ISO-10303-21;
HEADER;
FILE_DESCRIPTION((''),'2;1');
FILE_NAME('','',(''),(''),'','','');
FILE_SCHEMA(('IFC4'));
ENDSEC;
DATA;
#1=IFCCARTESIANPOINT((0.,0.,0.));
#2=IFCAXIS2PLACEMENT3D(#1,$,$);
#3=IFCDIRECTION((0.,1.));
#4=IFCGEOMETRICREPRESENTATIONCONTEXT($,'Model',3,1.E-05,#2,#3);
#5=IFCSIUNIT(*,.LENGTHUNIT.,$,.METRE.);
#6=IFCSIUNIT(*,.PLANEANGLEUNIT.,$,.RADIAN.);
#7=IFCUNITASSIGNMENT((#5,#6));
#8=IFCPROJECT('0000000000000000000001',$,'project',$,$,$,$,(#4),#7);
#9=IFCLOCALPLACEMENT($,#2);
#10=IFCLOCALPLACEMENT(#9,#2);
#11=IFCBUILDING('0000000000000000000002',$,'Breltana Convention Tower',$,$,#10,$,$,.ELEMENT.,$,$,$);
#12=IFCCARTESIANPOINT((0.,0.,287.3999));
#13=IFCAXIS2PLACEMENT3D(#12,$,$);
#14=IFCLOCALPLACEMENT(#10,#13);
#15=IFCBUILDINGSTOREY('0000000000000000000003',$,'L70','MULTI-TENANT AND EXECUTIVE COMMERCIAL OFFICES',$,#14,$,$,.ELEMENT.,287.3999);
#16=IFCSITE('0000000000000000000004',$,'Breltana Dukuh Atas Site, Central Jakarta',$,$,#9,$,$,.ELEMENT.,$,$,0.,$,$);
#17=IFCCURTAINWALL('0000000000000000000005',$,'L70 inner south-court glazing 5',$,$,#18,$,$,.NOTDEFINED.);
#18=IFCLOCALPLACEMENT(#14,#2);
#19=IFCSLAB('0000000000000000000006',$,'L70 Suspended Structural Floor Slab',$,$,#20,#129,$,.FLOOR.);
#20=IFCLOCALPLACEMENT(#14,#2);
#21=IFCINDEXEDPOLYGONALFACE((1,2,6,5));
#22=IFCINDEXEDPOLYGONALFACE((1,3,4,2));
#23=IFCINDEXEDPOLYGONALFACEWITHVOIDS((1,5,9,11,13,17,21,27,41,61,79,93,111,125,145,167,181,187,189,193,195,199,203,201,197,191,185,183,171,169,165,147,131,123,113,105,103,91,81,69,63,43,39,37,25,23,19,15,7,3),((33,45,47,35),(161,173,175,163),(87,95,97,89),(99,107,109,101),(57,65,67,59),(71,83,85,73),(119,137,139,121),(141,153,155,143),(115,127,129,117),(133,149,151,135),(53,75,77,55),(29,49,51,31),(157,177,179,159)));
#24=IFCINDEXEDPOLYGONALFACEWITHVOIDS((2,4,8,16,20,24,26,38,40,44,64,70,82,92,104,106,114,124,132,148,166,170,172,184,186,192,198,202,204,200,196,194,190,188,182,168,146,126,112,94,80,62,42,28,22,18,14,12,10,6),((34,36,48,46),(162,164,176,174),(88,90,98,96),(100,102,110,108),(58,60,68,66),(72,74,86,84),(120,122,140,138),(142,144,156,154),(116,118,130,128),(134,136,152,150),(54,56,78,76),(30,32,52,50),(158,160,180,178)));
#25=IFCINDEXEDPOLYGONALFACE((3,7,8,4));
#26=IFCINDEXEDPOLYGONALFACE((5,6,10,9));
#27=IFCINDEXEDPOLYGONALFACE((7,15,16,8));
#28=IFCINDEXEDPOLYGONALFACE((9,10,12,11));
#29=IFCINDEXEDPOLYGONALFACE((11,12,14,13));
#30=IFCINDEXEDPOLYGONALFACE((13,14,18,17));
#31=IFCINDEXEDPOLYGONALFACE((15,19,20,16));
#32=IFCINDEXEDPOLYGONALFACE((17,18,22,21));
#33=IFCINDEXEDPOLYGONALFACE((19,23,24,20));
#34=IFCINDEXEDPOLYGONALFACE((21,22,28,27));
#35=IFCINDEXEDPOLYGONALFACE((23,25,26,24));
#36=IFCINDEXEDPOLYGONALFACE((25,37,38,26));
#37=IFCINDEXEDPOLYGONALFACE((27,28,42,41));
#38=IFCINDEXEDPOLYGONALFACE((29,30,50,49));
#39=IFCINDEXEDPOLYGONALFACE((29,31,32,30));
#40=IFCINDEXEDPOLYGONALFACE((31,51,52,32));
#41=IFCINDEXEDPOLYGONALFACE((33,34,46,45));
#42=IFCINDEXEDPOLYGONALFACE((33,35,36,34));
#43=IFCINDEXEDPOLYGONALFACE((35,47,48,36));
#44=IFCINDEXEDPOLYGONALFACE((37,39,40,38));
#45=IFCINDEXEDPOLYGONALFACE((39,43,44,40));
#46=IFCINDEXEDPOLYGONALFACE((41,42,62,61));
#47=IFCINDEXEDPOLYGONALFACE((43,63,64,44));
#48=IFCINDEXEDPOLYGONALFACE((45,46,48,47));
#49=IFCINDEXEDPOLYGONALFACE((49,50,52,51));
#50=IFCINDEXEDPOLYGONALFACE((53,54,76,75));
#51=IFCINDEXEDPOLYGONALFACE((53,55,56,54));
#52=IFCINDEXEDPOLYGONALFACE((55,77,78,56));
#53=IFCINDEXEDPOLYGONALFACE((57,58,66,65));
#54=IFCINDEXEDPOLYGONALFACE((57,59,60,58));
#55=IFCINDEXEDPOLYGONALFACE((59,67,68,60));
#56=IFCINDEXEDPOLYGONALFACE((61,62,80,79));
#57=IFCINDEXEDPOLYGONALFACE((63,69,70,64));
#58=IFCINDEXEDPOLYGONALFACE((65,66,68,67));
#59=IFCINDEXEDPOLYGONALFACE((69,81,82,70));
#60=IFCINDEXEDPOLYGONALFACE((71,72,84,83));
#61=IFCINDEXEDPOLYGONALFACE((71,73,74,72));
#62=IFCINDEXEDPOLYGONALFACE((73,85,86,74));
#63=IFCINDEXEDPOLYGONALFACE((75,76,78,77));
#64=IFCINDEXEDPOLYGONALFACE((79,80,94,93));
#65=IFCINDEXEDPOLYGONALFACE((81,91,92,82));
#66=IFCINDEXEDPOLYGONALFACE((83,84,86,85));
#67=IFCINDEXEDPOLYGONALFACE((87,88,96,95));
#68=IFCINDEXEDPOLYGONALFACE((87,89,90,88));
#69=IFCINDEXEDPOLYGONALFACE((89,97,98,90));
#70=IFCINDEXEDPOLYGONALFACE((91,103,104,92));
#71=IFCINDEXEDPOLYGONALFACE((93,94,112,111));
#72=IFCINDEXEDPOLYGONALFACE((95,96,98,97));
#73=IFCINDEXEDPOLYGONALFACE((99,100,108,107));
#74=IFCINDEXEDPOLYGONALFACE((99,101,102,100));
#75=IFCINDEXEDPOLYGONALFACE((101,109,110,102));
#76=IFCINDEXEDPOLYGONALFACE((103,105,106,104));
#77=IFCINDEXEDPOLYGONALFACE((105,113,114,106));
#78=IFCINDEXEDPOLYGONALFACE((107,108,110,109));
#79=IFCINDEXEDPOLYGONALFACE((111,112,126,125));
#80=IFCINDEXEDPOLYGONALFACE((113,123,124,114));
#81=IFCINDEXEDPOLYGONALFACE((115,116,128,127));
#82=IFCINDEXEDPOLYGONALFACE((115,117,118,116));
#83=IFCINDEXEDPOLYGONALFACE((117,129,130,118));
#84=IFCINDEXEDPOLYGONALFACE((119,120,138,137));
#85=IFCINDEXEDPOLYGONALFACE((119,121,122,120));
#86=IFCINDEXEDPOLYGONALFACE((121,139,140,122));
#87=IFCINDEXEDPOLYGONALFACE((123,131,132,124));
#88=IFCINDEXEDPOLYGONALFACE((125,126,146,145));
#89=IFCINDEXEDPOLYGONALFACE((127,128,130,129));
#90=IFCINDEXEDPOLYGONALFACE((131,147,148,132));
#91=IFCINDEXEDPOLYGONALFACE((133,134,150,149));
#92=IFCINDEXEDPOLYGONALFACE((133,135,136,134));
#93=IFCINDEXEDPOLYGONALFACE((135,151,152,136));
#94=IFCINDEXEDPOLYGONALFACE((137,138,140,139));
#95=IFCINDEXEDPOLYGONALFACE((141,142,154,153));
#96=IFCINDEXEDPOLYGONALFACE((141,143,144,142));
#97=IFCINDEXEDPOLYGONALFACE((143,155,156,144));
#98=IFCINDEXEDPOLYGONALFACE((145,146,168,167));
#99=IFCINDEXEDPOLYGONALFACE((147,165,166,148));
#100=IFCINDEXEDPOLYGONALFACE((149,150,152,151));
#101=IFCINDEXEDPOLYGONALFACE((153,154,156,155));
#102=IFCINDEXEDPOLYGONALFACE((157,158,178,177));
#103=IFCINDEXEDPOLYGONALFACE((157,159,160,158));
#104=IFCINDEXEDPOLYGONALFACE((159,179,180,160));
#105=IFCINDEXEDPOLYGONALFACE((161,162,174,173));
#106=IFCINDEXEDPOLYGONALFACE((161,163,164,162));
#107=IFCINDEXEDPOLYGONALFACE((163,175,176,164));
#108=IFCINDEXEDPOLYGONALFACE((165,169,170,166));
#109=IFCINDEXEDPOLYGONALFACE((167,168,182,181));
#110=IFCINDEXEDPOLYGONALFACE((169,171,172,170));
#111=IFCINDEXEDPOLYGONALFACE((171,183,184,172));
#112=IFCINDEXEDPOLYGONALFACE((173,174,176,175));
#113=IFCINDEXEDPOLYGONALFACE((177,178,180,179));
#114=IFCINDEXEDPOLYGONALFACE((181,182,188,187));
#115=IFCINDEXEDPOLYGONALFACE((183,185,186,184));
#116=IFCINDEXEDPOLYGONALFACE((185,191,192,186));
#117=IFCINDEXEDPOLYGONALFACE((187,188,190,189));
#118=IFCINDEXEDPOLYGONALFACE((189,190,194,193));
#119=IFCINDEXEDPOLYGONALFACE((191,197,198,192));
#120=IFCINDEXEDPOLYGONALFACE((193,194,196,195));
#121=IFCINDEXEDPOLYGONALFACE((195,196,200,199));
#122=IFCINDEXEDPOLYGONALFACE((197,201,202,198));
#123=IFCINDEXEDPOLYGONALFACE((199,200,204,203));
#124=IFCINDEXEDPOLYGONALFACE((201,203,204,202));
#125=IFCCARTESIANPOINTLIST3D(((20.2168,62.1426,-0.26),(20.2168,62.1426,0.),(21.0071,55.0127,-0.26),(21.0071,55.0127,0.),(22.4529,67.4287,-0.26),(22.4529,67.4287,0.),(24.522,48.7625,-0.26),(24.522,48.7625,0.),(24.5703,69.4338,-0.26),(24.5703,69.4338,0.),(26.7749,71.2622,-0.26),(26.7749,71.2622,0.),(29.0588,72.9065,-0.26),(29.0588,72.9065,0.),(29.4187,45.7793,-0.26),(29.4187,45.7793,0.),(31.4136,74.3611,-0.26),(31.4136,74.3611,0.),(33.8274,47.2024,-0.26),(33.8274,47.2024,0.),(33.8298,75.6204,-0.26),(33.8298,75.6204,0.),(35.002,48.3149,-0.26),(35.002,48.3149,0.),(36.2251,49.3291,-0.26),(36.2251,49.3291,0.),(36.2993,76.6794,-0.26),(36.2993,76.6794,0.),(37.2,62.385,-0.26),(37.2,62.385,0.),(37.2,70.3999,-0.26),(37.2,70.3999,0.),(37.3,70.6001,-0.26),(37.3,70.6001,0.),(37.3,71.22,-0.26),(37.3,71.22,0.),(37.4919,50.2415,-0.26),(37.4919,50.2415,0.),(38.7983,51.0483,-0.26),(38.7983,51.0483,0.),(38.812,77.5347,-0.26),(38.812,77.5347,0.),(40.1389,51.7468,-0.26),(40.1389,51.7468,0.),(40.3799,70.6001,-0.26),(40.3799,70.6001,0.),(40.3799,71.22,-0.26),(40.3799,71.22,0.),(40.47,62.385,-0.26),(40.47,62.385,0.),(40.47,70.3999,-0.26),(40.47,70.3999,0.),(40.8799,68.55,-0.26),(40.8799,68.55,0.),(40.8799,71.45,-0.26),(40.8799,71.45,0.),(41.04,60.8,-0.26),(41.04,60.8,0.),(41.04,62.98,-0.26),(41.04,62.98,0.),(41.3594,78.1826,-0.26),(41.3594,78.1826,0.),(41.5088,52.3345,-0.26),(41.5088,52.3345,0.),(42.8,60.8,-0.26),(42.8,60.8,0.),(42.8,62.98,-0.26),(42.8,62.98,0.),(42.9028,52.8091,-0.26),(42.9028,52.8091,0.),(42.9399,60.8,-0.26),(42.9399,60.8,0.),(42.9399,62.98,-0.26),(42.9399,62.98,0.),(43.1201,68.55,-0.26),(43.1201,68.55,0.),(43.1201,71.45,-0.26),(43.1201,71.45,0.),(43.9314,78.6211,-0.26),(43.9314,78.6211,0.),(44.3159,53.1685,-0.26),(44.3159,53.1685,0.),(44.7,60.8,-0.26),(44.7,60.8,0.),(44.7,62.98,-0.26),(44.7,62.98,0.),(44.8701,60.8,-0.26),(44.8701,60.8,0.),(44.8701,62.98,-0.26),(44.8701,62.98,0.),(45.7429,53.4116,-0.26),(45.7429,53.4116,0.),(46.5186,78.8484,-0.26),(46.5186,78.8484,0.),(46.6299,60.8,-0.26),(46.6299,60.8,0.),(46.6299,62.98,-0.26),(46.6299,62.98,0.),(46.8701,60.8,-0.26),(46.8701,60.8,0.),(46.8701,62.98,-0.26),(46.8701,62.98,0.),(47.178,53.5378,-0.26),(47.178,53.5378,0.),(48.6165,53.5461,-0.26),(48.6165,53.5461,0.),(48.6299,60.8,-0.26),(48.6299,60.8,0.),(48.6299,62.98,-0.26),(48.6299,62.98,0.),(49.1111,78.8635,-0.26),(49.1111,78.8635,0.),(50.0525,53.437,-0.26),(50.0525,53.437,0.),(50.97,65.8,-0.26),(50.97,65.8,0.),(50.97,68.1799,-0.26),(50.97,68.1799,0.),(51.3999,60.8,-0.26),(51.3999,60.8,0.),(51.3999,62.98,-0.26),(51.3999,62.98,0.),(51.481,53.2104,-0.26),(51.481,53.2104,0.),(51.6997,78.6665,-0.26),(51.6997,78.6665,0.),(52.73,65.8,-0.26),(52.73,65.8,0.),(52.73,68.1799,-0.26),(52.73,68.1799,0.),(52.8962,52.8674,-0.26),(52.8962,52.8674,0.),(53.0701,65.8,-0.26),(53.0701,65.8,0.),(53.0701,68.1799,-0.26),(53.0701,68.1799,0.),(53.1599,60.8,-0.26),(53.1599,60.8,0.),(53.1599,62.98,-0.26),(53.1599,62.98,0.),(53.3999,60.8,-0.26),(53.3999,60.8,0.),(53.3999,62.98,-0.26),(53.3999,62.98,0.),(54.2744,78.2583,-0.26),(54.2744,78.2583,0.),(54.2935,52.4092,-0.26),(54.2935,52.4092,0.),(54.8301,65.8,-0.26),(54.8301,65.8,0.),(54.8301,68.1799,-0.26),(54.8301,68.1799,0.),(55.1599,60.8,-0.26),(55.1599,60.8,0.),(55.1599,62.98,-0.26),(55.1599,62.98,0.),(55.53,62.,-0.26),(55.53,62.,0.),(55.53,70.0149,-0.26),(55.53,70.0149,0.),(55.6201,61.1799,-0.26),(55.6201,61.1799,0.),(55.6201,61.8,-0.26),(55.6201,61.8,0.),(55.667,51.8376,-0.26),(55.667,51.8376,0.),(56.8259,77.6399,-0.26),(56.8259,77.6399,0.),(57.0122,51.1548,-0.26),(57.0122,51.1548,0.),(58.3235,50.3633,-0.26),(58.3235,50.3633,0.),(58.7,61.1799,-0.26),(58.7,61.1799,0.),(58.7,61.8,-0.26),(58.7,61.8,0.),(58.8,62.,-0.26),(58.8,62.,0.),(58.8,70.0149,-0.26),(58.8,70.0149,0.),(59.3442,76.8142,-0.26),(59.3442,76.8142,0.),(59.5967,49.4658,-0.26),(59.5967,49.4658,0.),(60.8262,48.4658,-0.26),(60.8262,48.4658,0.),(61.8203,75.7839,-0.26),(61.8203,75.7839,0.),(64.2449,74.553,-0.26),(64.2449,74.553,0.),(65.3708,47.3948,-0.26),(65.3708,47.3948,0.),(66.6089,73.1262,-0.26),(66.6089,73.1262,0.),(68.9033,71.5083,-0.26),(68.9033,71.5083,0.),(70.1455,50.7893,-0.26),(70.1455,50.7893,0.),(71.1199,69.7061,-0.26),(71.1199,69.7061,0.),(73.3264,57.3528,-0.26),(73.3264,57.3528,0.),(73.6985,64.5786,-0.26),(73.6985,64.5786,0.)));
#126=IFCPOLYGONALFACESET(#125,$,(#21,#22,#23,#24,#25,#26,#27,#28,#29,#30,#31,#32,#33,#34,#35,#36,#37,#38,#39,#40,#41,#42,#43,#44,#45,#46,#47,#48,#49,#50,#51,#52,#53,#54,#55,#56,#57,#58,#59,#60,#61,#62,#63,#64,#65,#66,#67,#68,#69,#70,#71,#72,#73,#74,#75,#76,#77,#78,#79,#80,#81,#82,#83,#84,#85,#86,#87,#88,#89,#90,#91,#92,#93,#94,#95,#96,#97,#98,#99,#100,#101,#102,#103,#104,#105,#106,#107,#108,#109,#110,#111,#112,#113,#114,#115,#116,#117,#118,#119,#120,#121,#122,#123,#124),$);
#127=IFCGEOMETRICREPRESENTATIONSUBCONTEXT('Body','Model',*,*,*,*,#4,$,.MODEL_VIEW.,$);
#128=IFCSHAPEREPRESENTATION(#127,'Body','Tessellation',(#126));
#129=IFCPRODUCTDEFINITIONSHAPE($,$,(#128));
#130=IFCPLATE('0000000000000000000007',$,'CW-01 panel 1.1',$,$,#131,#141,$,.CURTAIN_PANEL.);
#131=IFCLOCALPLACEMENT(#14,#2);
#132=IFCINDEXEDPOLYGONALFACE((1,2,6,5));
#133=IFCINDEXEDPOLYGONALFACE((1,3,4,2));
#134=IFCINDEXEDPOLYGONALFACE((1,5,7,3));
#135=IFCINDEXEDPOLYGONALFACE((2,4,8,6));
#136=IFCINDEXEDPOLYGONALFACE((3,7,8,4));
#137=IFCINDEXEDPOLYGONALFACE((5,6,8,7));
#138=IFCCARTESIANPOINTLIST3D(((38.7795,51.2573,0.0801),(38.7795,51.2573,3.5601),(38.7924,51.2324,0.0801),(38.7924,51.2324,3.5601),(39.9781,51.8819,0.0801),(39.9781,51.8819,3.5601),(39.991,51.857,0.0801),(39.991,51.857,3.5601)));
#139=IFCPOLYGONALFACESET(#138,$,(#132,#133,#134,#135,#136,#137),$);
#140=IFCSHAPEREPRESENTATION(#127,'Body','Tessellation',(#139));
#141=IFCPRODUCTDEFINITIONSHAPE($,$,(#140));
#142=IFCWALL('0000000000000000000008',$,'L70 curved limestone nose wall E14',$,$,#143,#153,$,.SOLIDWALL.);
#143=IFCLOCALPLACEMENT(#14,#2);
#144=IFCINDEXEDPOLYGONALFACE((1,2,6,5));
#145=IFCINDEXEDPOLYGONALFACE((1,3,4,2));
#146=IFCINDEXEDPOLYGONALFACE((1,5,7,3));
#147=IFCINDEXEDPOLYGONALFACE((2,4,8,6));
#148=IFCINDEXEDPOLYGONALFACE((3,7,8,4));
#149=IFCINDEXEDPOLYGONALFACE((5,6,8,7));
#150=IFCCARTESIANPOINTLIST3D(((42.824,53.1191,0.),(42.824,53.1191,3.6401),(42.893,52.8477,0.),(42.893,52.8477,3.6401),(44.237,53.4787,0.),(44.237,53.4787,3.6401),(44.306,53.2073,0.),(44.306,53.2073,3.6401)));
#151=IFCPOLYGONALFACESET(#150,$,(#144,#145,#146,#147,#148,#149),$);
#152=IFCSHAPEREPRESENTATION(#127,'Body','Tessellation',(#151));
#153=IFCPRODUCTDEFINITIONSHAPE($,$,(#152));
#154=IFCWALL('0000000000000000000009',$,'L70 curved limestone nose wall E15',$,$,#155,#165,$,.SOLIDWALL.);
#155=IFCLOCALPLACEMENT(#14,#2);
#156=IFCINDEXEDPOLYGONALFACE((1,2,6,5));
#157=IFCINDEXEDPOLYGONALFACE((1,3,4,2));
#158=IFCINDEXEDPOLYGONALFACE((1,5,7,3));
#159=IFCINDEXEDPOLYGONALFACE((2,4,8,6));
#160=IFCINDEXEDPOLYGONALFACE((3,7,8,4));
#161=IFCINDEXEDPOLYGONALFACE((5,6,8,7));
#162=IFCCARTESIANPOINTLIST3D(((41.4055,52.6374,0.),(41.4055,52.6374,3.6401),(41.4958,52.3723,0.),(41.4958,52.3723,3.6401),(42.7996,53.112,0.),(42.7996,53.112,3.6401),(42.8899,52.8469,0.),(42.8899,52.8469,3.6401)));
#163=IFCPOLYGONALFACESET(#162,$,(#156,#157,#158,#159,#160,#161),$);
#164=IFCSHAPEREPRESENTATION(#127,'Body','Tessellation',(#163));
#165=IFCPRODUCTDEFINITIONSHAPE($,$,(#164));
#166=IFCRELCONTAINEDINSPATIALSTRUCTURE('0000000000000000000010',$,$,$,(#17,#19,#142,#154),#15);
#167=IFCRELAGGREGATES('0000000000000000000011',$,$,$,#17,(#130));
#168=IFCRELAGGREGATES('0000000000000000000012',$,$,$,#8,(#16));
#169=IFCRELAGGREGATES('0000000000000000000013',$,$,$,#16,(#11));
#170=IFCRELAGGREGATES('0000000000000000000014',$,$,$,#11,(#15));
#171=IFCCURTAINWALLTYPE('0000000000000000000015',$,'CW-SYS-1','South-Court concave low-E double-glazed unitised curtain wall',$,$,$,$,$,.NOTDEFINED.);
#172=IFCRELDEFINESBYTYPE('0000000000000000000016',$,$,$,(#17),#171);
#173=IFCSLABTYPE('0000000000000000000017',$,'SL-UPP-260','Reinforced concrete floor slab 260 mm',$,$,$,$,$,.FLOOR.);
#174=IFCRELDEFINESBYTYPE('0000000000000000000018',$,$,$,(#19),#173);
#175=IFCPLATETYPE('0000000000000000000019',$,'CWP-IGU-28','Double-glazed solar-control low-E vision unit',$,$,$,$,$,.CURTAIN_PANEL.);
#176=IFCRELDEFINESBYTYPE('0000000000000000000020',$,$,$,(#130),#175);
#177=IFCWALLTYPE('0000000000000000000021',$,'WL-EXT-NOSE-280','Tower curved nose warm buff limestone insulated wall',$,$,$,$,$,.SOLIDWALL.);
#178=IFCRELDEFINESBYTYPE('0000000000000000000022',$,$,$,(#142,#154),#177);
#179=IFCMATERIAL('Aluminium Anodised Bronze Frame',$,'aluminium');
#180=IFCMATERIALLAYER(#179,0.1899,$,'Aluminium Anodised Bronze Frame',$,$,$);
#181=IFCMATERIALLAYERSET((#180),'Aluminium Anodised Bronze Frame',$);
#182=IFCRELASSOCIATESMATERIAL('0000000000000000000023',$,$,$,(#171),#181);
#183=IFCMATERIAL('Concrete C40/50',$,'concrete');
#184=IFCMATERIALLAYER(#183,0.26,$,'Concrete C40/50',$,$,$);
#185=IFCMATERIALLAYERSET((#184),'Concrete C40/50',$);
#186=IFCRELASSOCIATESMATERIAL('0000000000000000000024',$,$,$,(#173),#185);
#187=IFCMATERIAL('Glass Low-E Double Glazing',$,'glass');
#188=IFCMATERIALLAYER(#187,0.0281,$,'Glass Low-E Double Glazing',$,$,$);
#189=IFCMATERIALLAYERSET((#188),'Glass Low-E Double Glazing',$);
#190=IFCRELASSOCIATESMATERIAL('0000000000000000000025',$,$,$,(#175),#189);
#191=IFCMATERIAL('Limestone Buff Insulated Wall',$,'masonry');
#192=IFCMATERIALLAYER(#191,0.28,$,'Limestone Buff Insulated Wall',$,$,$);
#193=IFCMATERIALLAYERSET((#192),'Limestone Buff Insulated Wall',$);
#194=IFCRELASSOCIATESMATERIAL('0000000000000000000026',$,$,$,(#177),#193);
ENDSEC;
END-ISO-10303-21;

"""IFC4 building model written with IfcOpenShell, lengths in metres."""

from ifc_helpers import new_model, si_unit, direction, frame, frame_2d, origin, origin_2d, place, context, subcontext, project, spatial, polyline, rectangle, outline, extrude, source, transform, mapped, material, layer, layer_set, type_object, element, aggregate, save


model = new_model("IFC4")

# Units and contexts
model_context = context("Model", 3, precision=1e-05, world=origin(), true_north=direction((0.0, 1.0)))
body_context = subcontext(model_context, "Body", "Model", "MODEL_VIEW")
ifc_project = project(units=[si_unit("LENGTHUNIT", "METRE"), si_unit("PLANEANGLEUNIT", "RADIAN")], contexts=[model_context])

# Site, building, storey
site_placement = place(None, origin())
site = spatial("IfcSite", under=ifc_project, at=site_placement, Name="Breltana Dukuh Atas Site, Central Jakarta", CompositionType="ELEMENT", RefElevation=0.0)
building_placement = place(site_placement, origin())
building = spatial("IfcBuilding", under=site, at=building_placement, Name="Breltana Convention Tower", CompositionType="ELEMENT")
storey_placement = place(building_placement, frame((0.0, 0.0, 287.3999)))
storey = spatial("IfcBuildingStorey", under=building, at=storey_placement, Name="L70", Description="MULTI-TENANT AND EXECUTIVE COMMERCIAL OFFICES", CompositionType="ELEMENT", Elevation=287.3999)

# Curtain wall
ifc_material_1 = material(Name="Aluminium Anodised Bronze Frame", Category="aluminium")
ifc_layer_1 = layer(ifc_material_1, 0.1899, Name="Aluminium Anodised Bronze Frame")
ifc_layer_set_1 = layer_set([ifc_layer_1], Name="Aluminium Anodised Bronze Frame")
curtain_wall_type = type_object("IfcCurtainWallType", Name="CW-SYS-1", Description="South-Court concave low-E double-glazed unitised curtain wall", PredefinedType="NOTDEFINED", material=ifc_layer_set_1)
curtain_wall_placement = place(storey_placement, origin())
curtain_wall = element("IfcCurtainWall", 1, at=curtain_wall_placement, inside=storey, type_object=curtain_wall_type, Name="L70 inner south-court glazing 5", PredefinedType="NOTDEFINED")

# Shared definitions
ifc_material_2 = material(Name="Concrete C40/50", Category="concrete")

# Slab
ifc_layer_2 = layer(ifc_material_2, 0.26, Name="Concrete C40/50")
ifc_layer_set_2 = layer_set([ifc_layer_2], Name="Concrete C40/50")
slab_type_1 = type_object("IfcSlabType", Name="SL-UPP-260", Description="Reinforced concrete floor slab 260 mm", PredefinedType="FLOOR", material=ifc_layer_set_2)
slab_1_placement = place(storey_placement, frame((0.0, 0.0, -0.26)))
element("IfcSlab", 2, at=slab_1_placement, inside=storey, type_object=slab_type_1, Name="L70 Suspended Structural Floor Slab", PredefinedType="FLOOR", context=body_context, shape_type="SweptSolid", body=[
    extrude(outline(polyline([(71.1199, 69.7061), (68.9033, 71.5083), (66.6089, 73.1262), (64.2449, 74.553), (61.8203, 75.7839), (59.3442, 76.8142), (56.8259, 77.6399), (54.2744, 78.2583), (51.6997, 78.6665), (49.1111, 78.8635), (46.5186, 78.8484), (43.9314, 78.6211), (41.3594, 78.1826), (38.812, 77.5347), (36.2993, 76.6794), (33.8298, 75.6204), (31.4136, 74.3611), (29.0588, 72.9065), (26.7749, 71.2622), (24.5703, 69.4338), (22.4529, 67.4287), (20.2168, 62.1426), (21.0071, 55.0127), (24.522, 48.7625), (29.4187, 45.7793), (33.8274, 47.2024), (35.002, 48.3149), (36.2251, 49.3291), (37.4919, 50.2415), (38.7983, 51.0483), (40.1389, 51.7468), (41.5088, 52.3345), (42.9028, 52.8091), (44.3159, 53.1685), (45.7429, 53.4116), (47.178, 53.5378), (48.6165, 53.5461), (50.0525, 53.437), (51.481, 53.2104), (52.8962, 52.8674), (54.2935, 52.4092), (55.667, 51.8376), (57.0122, 51.1548), (58.3235, 50.3633), (59.5967, 49.4658), (60.8262, 48.4658), (65.3708, 47.3948), (70.1455, 50.7893), (73.3264, 57.3528), (73.6985, 64.5786), (71.1199, 69.7061)]), holes=[polyline([(37.2, 62.385), (40.47, 62.385), (40.47, 70.3999), (37.2, 70.3999), (37.2, 62.385)]), polyline([(55.53, 62.0), (58.8, 62.0), (58.8, 70.0149), (55.53, 70.0149), (55.53, 62.0)]), polyline([(41.04, 60.8), (42.8, 60.8), (42.8, 62.98), (41.04, 62.98), (41.04, 60.8)]), polyline([(42.9399, 60.8), (44.7, 60.8), (44.7, 62.98), (42.9399, 62.98), (42.9399, 60.8)]), polyline([(44.8701, 60.8), (46.6299, 60.8), (46.6299, 62.98), (44.8701, 62.98), (44.8701, 60.8)]), polyline([(46.8701, 60.8), (48.6299, 60.8), (48.6299, 62.98), (46.8701, 62.98), (46.8701, 60.8)]), polyline([(51.3999, 60.8), (53.1599, 60.8), (53.1599, 62.98), (51.3999, 62.98), (51.3999, 60.8)]), polyline([(53.3999, 60.8), (55.1599, 60.8), (55.1599, 62.98), (53.3999, 62.98), (53.3999, 60.8)]), polyline([(50.97, 65.8), (52.73, 65.8), (52.73, 68.1799), (50.97, 68.1799), (50.97, 65.8)]), polyline([(53.0701, 65.8), (54.8301, 65.8), (54.8301, 68.1799), (53.0701, 68.1799), (53.0701, 65.8)]), polyline([(40.8799, 68.55), (43.1201, 68.55), (43.1201, 71.45), (40.8799, 71.45), (40.8799, 68.55)]), polyline([(37.3, 70.6001), (40.3799, 70.6001), (40.3799, 71.22), (37.3, 71.22), (37.3, 70.6001)]), polyline([(55.6201, 61.1799), (58.7, 61.1799), (58.7, 61.8), (55.6201, 61.8), (55.6201, 61.1799)])]), origin(), (0.0, 0.0, 1.0), 0.26),
])

# Plate
ifc_material_3 = material(Name="Glass Low-E Double Glazing", Category="glass")
ifc_layer_3 = layer(ifc_material_3, 0.0281, Name="Glass Low-E Double Glazing")
ifc_layer_set_3 = layer_set([ifc_layer_3], Name="Glass Low-E Double Glazing")
plate_type = type_object("IfcPlateType", Name="CWP-IGU-28", Description="Double-glazed solar-control low-E vision unit", PredefinedType="CURTAIN_PANEL", material=ifc_layer_set_3)
shared_shape_1 = source(origin(), body_context, "Body", "SweptSolid", [
    extrude(rectangle(XDim=1.3516, YDim=0.0281, at=origin_2d()), origin(), (0.0, 0.0, 1.0), 3.48),
])
plate_placement = place(storey_placement, frame((39.3853, 51.5571, 0.0801), z_axis=(0.0, 0.0, 1.0), x_axis=(-0.886827, -0.462102, 0.0)))
plate = element("IfcPlate", 3, at=plate_placement, type_object=plate_type, Name="CW-01 panel 1.1", PredefinedType="CURTAIN_PANEL", context=body_context, shape_type="MappedRepresentation", body=[
    mapped(shared_shape_1, transform((0.0, 0.0, 0.0), scale=1.0)),
])
aggregate(curtain_wall, [plate])

# Walls
ifc_material_4 = material(Name="Limestone Buff Insulated Wall", Category="masonry")
ifc_layer_4 = layer(ifc_material_4, 0.28, Name="Limestone Buff Insulated Wall")
ifc_layer_set_4 = layer_set([ifc_layer_4], Name="Limestone Buff Insulated Wall")
wall_type_1 = type_object("IfcWallType", Name="WL-EXT-NOSE-280", Description="Tower curved nose warm buff limestone insulated wall", PredefinedType="SOLIDWALL", material=ifc_layer_set_4)
shared_shape_2 = source(origin(), body_context, "Body", "SweptSolid", [
    extrude(rectangle(XDim=1.458, YDim=0.28, at=frame_2d((0.729, 0.0))), origin(), (0.0, 0.0, 1.0), 3.6401),
])
wall_1_placement = place(storey_placement, frame((44.2715, 53.343, 0.0), z_axis=(0.0, 0.0, 1.0), x_axis=(-0.96911, -0.246631, 0.0)))
element("IfcWall", 4, at=wall_1_placement, inside=storey, type_object=wall_type_1, Name="L70 curved limestone nose wall E14", PredefinedType="SOLIDWALL", context=body_context, shape_type="MappedRepresentation", body=[
    mapped(shared_shape_2, transform((0.0, 0.0, 0.0), scale=1.0)),
])
shared_shape_3 = source(origin(), body_context, "Body", "SweptSolid", [
    extrude(rectangle(XDim=1.4727, YDim=0.28, at=frame_2d((0.7363, 0.0))), origin(), (0.0, 0.0, 1.0), 3.6401),
])
wall_2_placement = place(storey_placement, frame((42.8447, 52.9795, 0.0), z_axis=(0.0, 0.0, 1.0), x_axis=(-0.946641, -0.322289, 0.0)))
element("IfcWall", 5, at=wall_2_placement, inside=storey, type_object=wall_type_1, Name="L70 curved limestone nose wall E15", PredefinedType="SOLIDWALL", context=body_context, shape_type="MappedRepresentation", body=[
    mapped(shared_shape_3, transform((0.0, 0.0, 0.0), scale=1.0)),
])

save(model, "model.ifc")
